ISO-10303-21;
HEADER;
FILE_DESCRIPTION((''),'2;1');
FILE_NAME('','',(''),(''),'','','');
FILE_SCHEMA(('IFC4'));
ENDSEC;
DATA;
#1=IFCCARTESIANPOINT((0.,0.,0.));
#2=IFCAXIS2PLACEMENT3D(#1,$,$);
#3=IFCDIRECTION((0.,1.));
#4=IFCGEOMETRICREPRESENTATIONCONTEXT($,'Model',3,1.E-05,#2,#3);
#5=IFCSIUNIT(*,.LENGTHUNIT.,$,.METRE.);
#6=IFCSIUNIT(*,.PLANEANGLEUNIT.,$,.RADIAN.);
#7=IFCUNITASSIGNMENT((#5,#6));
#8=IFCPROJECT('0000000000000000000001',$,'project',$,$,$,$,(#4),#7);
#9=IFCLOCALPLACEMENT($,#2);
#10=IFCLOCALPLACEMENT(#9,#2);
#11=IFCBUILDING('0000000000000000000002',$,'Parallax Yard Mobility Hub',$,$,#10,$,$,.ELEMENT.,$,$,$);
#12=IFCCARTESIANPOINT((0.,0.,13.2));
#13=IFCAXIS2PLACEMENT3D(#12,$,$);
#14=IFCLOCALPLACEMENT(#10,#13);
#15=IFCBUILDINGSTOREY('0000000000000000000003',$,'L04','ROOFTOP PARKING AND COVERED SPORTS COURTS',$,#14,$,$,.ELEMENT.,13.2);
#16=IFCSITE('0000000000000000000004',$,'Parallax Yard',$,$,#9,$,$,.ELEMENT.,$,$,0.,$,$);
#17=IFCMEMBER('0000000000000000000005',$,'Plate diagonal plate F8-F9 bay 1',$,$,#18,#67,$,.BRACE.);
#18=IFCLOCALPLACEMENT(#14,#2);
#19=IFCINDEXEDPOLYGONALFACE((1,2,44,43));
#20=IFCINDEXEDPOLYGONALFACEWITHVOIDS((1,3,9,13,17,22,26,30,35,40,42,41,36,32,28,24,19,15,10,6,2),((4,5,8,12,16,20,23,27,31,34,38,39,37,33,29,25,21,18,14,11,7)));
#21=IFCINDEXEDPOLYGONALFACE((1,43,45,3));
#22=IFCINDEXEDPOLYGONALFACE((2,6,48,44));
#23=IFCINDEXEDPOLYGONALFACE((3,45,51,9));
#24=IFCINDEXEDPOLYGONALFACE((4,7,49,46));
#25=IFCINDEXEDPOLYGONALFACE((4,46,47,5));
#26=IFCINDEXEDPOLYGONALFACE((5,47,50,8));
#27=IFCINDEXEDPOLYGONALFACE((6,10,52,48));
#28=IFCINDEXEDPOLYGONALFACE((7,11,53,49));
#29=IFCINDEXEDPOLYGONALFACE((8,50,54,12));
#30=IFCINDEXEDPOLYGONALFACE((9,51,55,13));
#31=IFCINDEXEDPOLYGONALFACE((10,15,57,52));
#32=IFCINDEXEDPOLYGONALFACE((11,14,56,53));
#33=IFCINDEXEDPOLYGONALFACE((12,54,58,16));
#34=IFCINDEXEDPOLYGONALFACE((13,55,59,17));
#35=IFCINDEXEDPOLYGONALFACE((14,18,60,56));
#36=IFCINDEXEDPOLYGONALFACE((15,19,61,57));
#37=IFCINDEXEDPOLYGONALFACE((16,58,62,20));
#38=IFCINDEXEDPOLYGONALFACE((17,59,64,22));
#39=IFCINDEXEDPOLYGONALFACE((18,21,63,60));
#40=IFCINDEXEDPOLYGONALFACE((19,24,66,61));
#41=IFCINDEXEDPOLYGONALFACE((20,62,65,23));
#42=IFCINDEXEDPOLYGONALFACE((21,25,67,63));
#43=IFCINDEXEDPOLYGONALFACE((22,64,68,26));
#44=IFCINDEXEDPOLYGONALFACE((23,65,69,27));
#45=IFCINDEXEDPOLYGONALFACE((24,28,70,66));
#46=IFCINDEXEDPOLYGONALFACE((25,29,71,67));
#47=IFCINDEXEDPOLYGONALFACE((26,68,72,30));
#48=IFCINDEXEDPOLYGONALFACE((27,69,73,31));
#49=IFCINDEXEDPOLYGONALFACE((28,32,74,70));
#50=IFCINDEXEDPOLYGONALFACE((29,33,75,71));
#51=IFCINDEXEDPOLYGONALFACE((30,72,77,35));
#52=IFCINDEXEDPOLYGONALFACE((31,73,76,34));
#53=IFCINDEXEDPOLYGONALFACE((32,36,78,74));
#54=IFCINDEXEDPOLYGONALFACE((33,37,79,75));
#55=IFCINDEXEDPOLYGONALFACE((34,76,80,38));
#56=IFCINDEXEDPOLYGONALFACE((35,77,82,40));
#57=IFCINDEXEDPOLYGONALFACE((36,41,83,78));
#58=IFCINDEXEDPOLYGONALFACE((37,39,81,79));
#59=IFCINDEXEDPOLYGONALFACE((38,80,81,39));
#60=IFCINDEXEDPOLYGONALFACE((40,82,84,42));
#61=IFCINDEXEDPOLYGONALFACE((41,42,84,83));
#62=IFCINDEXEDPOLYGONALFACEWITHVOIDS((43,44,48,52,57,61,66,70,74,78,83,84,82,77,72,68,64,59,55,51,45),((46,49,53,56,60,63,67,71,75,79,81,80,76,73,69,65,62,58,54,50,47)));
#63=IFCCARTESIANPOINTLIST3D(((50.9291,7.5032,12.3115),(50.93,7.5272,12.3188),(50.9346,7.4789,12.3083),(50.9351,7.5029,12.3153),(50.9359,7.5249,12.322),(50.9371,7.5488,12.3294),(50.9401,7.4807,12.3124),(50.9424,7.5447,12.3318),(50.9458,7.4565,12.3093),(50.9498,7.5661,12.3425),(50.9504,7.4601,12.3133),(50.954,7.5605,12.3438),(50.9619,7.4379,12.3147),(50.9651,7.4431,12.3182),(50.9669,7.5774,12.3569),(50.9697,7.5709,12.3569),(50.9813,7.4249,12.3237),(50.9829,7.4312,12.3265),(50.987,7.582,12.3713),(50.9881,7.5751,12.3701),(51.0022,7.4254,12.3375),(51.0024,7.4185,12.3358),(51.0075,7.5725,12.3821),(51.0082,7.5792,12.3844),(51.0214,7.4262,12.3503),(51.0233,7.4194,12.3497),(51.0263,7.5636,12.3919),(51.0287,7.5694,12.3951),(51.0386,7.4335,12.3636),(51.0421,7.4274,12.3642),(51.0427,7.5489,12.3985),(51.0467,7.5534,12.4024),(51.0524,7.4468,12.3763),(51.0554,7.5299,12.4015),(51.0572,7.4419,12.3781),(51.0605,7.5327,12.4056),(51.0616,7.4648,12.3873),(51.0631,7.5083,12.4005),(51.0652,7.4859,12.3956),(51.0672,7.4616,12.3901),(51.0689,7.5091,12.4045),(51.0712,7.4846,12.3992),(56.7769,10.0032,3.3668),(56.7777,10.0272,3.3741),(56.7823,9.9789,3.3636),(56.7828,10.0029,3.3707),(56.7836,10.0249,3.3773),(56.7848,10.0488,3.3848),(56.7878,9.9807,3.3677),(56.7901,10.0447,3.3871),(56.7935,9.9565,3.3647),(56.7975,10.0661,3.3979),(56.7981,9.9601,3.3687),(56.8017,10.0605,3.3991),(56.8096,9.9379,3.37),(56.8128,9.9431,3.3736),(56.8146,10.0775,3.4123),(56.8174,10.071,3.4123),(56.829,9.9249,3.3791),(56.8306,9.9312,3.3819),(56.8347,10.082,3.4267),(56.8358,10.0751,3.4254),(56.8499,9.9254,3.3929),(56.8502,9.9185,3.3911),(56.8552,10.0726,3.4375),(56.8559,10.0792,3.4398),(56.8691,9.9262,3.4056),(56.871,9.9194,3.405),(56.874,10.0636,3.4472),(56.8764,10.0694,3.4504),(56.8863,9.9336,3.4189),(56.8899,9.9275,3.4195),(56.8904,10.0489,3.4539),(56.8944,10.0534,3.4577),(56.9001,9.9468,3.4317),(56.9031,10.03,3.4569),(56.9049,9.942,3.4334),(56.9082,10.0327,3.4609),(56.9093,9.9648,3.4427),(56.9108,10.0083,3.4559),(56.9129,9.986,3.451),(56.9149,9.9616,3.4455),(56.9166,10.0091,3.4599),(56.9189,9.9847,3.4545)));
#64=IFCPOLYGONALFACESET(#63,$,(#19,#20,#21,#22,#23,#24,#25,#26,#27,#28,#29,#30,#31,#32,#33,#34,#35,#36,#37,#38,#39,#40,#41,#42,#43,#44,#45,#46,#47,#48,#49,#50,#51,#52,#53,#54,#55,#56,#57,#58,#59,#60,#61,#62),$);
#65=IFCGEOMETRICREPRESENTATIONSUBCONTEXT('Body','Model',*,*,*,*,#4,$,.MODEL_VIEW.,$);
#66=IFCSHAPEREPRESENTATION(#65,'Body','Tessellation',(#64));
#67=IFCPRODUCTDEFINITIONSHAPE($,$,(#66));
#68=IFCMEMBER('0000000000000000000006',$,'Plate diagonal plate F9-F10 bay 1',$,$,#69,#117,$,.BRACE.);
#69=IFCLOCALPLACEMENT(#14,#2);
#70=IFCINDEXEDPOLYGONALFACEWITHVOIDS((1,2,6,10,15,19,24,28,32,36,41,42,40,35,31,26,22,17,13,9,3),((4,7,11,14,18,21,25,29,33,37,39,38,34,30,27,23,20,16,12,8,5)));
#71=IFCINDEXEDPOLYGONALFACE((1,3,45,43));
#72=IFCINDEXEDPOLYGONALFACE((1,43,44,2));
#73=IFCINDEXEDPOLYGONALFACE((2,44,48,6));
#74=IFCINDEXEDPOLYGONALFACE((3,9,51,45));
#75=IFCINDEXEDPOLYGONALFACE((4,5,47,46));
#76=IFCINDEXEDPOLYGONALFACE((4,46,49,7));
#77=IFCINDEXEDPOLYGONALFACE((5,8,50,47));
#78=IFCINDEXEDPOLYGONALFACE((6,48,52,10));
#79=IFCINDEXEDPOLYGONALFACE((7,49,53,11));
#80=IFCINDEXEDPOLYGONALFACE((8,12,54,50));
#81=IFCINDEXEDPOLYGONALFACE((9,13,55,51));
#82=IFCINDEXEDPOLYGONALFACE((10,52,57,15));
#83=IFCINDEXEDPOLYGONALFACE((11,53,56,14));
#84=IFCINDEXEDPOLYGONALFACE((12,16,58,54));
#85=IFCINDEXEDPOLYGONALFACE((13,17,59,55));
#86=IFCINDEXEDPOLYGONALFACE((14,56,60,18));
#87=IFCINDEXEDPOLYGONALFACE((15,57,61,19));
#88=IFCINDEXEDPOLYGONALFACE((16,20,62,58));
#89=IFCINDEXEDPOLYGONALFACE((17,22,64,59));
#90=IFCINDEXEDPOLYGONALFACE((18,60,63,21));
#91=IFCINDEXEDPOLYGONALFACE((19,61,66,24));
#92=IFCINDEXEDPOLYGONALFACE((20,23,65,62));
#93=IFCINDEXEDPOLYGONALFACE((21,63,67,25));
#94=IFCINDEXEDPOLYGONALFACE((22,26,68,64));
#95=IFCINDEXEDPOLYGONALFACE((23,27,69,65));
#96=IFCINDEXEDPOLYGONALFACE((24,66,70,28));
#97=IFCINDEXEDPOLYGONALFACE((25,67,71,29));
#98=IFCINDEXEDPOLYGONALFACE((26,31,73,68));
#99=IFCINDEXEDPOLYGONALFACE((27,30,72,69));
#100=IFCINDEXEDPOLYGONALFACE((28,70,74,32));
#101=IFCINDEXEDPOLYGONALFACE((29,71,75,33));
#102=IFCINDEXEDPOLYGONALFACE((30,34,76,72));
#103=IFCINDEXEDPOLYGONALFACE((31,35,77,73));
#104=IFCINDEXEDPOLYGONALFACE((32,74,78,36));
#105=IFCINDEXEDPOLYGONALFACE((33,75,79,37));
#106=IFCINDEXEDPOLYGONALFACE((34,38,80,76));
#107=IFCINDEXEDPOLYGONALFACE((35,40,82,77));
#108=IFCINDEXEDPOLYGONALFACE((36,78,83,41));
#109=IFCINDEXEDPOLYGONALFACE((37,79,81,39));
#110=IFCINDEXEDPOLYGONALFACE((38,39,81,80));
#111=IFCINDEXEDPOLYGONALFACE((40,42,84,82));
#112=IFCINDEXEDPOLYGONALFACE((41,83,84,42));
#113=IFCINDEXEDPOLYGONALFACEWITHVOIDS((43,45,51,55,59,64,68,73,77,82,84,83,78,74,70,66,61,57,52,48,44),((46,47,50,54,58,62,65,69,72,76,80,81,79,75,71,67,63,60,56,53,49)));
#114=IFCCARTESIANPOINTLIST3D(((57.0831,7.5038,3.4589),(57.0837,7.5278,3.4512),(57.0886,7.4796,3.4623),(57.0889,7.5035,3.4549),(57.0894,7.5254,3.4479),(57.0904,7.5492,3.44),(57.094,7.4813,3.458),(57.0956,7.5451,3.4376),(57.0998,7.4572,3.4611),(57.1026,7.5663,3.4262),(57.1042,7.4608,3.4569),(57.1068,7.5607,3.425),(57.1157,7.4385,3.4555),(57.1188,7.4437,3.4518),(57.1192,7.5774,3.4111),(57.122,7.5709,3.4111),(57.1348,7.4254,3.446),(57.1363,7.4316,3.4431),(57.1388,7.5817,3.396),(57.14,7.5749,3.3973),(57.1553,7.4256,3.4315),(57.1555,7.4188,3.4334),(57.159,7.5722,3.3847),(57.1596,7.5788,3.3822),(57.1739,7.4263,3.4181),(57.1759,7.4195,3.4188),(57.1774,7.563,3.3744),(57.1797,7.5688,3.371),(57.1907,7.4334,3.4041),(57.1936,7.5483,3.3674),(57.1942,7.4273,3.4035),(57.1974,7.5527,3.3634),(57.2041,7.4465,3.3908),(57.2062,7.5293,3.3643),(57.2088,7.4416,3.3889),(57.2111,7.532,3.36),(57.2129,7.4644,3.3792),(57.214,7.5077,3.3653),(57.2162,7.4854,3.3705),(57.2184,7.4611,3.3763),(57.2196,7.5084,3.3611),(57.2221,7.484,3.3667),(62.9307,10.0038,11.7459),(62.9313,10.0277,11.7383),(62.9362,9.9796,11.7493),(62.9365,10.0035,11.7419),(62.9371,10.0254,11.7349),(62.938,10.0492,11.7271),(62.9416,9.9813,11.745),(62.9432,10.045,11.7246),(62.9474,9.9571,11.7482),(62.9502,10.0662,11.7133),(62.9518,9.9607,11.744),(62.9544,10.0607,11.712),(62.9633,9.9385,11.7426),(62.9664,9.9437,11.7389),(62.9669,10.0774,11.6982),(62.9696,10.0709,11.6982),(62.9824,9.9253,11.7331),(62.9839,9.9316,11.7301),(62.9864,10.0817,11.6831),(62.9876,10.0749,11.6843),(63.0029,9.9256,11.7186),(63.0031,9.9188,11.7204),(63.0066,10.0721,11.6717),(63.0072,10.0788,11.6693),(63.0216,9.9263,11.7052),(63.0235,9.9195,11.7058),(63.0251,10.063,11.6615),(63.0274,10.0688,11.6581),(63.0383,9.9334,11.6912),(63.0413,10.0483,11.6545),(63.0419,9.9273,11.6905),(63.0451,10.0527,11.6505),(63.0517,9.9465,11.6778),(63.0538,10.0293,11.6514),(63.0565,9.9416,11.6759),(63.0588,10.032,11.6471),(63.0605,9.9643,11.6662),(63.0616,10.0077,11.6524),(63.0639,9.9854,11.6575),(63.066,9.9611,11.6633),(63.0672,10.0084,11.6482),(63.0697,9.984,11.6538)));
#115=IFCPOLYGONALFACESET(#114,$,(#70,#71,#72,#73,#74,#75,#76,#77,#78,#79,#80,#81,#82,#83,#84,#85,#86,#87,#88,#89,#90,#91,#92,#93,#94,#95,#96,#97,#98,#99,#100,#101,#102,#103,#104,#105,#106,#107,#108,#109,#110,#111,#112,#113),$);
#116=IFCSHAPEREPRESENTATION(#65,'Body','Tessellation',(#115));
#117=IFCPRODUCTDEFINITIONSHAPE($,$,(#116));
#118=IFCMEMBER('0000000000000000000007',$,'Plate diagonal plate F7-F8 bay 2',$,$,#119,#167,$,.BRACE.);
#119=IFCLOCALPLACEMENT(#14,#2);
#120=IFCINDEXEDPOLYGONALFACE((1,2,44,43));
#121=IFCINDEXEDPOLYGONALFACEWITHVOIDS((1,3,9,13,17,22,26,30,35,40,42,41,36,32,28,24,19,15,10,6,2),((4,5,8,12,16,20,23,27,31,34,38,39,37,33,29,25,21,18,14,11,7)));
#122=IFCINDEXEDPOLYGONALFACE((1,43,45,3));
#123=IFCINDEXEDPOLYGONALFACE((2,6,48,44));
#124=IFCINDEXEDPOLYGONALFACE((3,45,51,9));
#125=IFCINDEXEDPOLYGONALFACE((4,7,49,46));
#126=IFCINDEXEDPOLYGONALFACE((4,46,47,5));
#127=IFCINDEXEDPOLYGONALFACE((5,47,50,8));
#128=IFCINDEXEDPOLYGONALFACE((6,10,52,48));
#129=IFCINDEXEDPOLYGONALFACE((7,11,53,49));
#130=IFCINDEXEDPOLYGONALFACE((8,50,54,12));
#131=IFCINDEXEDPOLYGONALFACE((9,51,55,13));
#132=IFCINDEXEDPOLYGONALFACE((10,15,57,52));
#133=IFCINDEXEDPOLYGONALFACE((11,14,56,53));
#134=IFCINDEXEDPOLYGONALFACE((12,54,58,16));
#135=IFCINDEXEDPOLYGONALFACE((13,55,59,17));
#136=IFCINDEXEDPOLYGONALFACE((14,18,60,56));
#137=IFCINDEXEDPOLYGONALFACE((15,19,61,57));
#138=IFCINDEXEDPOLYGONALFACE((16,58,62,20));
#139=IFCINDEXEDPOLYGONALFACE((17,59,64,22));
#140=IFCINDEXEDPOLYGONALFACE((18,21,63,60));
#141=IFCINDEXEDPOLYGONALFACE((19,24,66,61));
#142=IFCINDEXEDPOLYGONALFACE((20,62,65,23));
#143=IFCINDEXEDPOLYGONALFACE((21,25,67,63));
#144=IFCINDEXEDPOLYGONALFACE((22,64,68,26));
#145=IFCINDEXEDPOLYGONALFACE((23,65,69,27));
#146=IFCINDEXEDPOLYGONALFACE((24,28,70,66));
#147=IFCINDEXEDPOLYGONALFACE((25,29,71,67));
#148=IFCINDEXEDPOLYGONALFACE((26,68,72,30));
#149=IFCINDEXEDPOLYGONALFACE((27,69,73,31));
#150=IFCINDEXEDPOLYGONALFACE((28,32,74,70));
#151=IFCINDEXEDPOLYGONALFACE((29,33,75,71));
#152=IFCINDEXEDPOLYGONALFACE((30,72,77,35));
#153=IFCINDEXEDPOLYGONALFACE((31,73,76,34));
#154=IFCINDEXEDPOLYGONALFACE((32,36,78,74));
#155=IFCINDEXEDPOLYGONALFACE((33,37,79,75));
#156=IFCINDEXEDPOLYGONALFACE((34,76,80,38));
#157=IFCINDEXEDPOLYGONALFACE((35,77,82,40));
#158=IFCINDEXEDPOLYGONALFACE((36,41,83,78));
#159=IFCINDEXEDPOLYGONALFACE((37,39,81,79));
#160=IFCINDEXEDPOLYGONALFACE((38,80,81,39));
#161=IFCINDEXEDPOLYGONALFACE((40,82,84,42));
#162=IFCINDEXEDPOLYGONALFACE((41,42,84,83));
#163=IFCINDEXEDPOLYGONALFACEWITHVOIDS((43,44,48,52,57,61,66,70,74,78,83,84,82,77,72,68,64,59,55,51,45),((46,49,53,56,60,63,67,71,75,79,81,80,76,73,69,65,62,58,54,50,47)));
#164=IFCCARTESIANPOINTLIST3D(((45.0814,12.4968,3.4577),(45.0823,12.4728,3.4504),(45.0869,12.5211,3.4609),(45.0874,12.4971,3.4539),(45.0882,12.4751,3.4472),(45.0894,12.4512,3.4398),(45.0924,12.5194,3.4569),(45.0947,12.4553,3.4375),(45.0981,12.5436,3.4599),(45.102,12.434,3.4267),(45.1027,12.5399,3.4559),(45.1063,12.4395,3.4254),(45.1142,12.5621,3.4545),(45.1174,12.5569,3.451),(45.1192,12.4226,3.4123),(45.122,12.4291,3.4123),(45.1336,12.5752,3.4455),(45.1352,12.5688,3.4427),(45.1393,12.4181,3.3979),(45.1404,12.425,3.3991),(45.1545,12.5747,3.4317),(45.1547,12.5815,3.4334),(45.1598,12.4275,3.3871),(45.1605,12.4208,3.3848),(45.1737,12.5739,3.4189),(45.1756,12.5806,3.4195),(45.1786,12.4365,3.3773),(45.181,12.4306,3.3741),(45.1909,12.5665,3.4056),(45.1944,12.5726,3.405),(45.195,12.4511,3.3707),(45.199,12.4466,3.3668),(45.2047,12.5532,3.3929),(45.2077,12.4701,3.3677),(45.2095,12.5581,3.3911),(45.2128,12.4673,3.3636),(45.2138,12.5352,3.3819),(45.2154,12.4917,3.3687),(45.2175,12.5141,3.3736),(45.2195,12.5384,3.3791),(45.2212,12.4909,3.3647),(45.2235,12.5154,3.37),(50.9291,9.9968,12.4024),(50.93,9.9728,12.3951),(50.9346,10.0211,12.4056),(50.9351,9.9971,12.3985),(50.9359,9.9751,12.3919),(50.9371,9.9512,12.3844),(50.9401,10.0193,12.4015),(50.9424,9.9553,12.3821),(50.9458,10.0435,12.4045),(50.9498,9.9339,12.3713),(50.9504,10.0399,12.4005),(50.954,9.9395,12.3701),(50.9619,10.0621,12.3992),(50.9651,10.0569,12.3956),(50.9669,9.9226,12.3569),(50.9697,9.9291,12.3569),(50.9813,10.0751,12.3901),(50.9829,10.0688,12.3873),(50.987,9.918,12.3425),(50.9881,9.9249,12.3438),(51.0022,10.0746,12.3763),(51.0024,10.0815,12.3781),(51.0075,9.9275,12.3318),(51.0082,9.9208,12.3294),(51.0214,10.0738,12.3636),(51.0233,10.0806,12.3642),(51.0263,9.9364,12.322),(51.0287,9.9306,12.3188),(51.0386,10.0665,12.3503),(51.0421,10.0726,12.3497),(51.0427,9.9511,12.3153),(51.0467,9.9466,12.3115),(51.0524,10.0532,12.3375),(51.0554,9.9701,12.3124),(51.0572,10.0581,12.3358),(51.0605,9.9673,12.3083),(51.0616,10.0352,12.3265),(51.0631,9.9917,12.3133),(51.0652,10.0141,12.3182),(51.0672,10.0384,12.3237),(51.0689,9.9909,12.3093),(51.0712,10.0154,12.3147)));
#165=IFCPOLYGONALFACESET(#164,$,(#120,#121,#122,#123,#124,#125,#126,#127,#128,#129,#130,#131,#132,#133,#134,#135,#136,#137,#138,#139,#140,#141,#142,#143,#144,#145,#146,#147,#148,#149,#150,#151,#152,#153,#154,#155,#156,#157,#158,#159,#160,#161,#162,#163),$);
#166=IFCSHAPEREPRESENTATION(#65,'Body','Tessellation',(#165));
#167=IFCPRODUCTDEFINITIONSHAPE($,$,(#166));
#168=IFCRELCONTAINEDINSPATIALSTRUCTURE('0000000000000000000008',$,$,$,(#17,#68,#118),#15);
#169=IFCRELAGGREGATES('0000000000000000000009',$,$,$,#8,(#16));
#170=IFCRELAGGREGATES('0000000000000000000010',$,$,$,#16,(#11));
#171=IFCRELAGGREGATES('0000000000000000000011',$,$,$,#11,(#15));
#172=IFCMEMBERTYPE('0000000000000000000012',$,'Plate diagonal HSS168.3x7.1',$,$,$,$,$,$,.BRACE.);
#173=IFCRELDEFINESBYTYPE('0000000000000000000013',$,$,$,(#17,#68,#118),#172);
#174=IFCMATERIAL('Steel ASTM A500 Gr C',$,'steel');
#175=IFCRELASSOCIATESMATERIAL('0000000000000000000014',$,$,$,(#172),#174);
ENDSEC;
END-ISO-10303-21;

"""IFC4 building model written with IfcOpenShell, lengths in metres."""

from ifc_helpers import new_model, si_unit, direction, frame, origin, origin_2d, place, context, subcontext, project, spatial, hollow_circle, extrude, material, material_profile, profile_set, type_object, element, save


model = new_model("IFC4")

# Units and contexts
model_context = context("Model", 3, precision=1e-05, world=origin(), true_north=direction((0.0, 1.0)))
body_context = subcontext(model_context, "Body", "Model", "MODEL_VIEW")
ifc_project = project(units=[si_unit("LENGTHUNIT", "METRE"), si_unit("PLANEANGLEUNIT", "RADIAN")], contexts=[model_context])

# Site, building, storey
site_placement = place(None, origin())
site = spatial("IfcSite", under=ifc_project, at=site_placement, Name="Parallax Yard", CompositionType="ELEMENT", RefElevation=0.0)
building_placement = place(site_placement, origin())
building = spatial("IfcBuilding", under=site, at=building_placement, Name="Parallax Yard Mobility Hub", CompositionType="ELEMENT")
storey_placement = place(building_placement, frame((0.0, 0.0, 13.2)))
storey = spatial("IfcBuildingStorey", under=building, at=storey_placement, Name="L04", Description="ROOFTOP PARKING AND COVERED SPORTS COURTS", CompositionType="ELEMENT", Elevation=13.2)

# Members
ifc_material_1 = material(Name="Steel ASTM A500 Gr C", Category="steel")
ifc_material_profile_1 = material_profile(ifc_material_1, hollow_circle(Radius=0.0842, WallThickness=0.0071, at=origin_2d()), Name="HSS168.3x7.1")
ifc_profile_set_1 = profile_set([ifc_material_profile_1], Name="Steel ASTM A500 Gr C")
member_type_1 = type_object("IfcMemberType", Name="Plate diagonal HSS168.3x7.1", PredefinedType="BRACE", material=ifc_profile_set_1)
member_1_placement = place(storey_placement, frame((51.0, 7.5, 12.3569), z_axis=(0.532816, 0.22779, -0.814996), x_axis=(-0.393104, 0.919494, 0.0)))
element("IfcMember", 1, at=member_1_placement, inside=storey, type_object=member_type_1, Name="Plate diagonal plate F8-F9 bay 1", PredefinedType="BRACE", context=body_context, shape_type="SweptSolid", body=[
    extrude(hollow_circle(Radius=0.0842, WallThickness=0.0071, at=origin_2d()), origin(), (0.0, 0.0, 1.0), 10.9751),
])
member_2_placement = place(storey_placement, frame((57.1523, 7.5, 3.4111), z_axis=(0.559793, 0.239323, 0.79332), x_axis=(-0.393104, 0.919494, 0.0)))
element("IfcMember", 2, at=member_2_placement, inside=storey, type_object=member_type_1, Name="Plate diagonal plate F9-F10 bay 1", PredefinedType="BRACE", context=body_context, shape_type="SweptSolid", body=[
    extrude(hollow_circle(Radius=0.0842, WallThickness=0.0071, at=origin_2d()), origin(), (0.0, 0.0, 1.0), 10.446),
])
for number, where, z_axis, x_axis, name in (
    (3, (51.0, 10.0, 12.3569), (-0.532816, 0.22779, -0.814996), (-0.393104, -0.919494, 0.0), "Plate diagonal plate F7-F8 bay 2"),
):
    element("IfcMember", number, at=place(storey_placement, frame(where, z_axis=z_axis, x_axis=x_axis)), inside=storey, type_object=member_type_1, Name=name, PredefinedType="BRACE", context=body_context, shape_type="SweptSolid", body=[
        extrude(hollow_circle(Radius=0.0842, WallThickness=0.0071, at=origin_2d()), origin(), (0.0, 0.0, 1.0), 10.9751),
    ])

save(model, "model.ifc")
